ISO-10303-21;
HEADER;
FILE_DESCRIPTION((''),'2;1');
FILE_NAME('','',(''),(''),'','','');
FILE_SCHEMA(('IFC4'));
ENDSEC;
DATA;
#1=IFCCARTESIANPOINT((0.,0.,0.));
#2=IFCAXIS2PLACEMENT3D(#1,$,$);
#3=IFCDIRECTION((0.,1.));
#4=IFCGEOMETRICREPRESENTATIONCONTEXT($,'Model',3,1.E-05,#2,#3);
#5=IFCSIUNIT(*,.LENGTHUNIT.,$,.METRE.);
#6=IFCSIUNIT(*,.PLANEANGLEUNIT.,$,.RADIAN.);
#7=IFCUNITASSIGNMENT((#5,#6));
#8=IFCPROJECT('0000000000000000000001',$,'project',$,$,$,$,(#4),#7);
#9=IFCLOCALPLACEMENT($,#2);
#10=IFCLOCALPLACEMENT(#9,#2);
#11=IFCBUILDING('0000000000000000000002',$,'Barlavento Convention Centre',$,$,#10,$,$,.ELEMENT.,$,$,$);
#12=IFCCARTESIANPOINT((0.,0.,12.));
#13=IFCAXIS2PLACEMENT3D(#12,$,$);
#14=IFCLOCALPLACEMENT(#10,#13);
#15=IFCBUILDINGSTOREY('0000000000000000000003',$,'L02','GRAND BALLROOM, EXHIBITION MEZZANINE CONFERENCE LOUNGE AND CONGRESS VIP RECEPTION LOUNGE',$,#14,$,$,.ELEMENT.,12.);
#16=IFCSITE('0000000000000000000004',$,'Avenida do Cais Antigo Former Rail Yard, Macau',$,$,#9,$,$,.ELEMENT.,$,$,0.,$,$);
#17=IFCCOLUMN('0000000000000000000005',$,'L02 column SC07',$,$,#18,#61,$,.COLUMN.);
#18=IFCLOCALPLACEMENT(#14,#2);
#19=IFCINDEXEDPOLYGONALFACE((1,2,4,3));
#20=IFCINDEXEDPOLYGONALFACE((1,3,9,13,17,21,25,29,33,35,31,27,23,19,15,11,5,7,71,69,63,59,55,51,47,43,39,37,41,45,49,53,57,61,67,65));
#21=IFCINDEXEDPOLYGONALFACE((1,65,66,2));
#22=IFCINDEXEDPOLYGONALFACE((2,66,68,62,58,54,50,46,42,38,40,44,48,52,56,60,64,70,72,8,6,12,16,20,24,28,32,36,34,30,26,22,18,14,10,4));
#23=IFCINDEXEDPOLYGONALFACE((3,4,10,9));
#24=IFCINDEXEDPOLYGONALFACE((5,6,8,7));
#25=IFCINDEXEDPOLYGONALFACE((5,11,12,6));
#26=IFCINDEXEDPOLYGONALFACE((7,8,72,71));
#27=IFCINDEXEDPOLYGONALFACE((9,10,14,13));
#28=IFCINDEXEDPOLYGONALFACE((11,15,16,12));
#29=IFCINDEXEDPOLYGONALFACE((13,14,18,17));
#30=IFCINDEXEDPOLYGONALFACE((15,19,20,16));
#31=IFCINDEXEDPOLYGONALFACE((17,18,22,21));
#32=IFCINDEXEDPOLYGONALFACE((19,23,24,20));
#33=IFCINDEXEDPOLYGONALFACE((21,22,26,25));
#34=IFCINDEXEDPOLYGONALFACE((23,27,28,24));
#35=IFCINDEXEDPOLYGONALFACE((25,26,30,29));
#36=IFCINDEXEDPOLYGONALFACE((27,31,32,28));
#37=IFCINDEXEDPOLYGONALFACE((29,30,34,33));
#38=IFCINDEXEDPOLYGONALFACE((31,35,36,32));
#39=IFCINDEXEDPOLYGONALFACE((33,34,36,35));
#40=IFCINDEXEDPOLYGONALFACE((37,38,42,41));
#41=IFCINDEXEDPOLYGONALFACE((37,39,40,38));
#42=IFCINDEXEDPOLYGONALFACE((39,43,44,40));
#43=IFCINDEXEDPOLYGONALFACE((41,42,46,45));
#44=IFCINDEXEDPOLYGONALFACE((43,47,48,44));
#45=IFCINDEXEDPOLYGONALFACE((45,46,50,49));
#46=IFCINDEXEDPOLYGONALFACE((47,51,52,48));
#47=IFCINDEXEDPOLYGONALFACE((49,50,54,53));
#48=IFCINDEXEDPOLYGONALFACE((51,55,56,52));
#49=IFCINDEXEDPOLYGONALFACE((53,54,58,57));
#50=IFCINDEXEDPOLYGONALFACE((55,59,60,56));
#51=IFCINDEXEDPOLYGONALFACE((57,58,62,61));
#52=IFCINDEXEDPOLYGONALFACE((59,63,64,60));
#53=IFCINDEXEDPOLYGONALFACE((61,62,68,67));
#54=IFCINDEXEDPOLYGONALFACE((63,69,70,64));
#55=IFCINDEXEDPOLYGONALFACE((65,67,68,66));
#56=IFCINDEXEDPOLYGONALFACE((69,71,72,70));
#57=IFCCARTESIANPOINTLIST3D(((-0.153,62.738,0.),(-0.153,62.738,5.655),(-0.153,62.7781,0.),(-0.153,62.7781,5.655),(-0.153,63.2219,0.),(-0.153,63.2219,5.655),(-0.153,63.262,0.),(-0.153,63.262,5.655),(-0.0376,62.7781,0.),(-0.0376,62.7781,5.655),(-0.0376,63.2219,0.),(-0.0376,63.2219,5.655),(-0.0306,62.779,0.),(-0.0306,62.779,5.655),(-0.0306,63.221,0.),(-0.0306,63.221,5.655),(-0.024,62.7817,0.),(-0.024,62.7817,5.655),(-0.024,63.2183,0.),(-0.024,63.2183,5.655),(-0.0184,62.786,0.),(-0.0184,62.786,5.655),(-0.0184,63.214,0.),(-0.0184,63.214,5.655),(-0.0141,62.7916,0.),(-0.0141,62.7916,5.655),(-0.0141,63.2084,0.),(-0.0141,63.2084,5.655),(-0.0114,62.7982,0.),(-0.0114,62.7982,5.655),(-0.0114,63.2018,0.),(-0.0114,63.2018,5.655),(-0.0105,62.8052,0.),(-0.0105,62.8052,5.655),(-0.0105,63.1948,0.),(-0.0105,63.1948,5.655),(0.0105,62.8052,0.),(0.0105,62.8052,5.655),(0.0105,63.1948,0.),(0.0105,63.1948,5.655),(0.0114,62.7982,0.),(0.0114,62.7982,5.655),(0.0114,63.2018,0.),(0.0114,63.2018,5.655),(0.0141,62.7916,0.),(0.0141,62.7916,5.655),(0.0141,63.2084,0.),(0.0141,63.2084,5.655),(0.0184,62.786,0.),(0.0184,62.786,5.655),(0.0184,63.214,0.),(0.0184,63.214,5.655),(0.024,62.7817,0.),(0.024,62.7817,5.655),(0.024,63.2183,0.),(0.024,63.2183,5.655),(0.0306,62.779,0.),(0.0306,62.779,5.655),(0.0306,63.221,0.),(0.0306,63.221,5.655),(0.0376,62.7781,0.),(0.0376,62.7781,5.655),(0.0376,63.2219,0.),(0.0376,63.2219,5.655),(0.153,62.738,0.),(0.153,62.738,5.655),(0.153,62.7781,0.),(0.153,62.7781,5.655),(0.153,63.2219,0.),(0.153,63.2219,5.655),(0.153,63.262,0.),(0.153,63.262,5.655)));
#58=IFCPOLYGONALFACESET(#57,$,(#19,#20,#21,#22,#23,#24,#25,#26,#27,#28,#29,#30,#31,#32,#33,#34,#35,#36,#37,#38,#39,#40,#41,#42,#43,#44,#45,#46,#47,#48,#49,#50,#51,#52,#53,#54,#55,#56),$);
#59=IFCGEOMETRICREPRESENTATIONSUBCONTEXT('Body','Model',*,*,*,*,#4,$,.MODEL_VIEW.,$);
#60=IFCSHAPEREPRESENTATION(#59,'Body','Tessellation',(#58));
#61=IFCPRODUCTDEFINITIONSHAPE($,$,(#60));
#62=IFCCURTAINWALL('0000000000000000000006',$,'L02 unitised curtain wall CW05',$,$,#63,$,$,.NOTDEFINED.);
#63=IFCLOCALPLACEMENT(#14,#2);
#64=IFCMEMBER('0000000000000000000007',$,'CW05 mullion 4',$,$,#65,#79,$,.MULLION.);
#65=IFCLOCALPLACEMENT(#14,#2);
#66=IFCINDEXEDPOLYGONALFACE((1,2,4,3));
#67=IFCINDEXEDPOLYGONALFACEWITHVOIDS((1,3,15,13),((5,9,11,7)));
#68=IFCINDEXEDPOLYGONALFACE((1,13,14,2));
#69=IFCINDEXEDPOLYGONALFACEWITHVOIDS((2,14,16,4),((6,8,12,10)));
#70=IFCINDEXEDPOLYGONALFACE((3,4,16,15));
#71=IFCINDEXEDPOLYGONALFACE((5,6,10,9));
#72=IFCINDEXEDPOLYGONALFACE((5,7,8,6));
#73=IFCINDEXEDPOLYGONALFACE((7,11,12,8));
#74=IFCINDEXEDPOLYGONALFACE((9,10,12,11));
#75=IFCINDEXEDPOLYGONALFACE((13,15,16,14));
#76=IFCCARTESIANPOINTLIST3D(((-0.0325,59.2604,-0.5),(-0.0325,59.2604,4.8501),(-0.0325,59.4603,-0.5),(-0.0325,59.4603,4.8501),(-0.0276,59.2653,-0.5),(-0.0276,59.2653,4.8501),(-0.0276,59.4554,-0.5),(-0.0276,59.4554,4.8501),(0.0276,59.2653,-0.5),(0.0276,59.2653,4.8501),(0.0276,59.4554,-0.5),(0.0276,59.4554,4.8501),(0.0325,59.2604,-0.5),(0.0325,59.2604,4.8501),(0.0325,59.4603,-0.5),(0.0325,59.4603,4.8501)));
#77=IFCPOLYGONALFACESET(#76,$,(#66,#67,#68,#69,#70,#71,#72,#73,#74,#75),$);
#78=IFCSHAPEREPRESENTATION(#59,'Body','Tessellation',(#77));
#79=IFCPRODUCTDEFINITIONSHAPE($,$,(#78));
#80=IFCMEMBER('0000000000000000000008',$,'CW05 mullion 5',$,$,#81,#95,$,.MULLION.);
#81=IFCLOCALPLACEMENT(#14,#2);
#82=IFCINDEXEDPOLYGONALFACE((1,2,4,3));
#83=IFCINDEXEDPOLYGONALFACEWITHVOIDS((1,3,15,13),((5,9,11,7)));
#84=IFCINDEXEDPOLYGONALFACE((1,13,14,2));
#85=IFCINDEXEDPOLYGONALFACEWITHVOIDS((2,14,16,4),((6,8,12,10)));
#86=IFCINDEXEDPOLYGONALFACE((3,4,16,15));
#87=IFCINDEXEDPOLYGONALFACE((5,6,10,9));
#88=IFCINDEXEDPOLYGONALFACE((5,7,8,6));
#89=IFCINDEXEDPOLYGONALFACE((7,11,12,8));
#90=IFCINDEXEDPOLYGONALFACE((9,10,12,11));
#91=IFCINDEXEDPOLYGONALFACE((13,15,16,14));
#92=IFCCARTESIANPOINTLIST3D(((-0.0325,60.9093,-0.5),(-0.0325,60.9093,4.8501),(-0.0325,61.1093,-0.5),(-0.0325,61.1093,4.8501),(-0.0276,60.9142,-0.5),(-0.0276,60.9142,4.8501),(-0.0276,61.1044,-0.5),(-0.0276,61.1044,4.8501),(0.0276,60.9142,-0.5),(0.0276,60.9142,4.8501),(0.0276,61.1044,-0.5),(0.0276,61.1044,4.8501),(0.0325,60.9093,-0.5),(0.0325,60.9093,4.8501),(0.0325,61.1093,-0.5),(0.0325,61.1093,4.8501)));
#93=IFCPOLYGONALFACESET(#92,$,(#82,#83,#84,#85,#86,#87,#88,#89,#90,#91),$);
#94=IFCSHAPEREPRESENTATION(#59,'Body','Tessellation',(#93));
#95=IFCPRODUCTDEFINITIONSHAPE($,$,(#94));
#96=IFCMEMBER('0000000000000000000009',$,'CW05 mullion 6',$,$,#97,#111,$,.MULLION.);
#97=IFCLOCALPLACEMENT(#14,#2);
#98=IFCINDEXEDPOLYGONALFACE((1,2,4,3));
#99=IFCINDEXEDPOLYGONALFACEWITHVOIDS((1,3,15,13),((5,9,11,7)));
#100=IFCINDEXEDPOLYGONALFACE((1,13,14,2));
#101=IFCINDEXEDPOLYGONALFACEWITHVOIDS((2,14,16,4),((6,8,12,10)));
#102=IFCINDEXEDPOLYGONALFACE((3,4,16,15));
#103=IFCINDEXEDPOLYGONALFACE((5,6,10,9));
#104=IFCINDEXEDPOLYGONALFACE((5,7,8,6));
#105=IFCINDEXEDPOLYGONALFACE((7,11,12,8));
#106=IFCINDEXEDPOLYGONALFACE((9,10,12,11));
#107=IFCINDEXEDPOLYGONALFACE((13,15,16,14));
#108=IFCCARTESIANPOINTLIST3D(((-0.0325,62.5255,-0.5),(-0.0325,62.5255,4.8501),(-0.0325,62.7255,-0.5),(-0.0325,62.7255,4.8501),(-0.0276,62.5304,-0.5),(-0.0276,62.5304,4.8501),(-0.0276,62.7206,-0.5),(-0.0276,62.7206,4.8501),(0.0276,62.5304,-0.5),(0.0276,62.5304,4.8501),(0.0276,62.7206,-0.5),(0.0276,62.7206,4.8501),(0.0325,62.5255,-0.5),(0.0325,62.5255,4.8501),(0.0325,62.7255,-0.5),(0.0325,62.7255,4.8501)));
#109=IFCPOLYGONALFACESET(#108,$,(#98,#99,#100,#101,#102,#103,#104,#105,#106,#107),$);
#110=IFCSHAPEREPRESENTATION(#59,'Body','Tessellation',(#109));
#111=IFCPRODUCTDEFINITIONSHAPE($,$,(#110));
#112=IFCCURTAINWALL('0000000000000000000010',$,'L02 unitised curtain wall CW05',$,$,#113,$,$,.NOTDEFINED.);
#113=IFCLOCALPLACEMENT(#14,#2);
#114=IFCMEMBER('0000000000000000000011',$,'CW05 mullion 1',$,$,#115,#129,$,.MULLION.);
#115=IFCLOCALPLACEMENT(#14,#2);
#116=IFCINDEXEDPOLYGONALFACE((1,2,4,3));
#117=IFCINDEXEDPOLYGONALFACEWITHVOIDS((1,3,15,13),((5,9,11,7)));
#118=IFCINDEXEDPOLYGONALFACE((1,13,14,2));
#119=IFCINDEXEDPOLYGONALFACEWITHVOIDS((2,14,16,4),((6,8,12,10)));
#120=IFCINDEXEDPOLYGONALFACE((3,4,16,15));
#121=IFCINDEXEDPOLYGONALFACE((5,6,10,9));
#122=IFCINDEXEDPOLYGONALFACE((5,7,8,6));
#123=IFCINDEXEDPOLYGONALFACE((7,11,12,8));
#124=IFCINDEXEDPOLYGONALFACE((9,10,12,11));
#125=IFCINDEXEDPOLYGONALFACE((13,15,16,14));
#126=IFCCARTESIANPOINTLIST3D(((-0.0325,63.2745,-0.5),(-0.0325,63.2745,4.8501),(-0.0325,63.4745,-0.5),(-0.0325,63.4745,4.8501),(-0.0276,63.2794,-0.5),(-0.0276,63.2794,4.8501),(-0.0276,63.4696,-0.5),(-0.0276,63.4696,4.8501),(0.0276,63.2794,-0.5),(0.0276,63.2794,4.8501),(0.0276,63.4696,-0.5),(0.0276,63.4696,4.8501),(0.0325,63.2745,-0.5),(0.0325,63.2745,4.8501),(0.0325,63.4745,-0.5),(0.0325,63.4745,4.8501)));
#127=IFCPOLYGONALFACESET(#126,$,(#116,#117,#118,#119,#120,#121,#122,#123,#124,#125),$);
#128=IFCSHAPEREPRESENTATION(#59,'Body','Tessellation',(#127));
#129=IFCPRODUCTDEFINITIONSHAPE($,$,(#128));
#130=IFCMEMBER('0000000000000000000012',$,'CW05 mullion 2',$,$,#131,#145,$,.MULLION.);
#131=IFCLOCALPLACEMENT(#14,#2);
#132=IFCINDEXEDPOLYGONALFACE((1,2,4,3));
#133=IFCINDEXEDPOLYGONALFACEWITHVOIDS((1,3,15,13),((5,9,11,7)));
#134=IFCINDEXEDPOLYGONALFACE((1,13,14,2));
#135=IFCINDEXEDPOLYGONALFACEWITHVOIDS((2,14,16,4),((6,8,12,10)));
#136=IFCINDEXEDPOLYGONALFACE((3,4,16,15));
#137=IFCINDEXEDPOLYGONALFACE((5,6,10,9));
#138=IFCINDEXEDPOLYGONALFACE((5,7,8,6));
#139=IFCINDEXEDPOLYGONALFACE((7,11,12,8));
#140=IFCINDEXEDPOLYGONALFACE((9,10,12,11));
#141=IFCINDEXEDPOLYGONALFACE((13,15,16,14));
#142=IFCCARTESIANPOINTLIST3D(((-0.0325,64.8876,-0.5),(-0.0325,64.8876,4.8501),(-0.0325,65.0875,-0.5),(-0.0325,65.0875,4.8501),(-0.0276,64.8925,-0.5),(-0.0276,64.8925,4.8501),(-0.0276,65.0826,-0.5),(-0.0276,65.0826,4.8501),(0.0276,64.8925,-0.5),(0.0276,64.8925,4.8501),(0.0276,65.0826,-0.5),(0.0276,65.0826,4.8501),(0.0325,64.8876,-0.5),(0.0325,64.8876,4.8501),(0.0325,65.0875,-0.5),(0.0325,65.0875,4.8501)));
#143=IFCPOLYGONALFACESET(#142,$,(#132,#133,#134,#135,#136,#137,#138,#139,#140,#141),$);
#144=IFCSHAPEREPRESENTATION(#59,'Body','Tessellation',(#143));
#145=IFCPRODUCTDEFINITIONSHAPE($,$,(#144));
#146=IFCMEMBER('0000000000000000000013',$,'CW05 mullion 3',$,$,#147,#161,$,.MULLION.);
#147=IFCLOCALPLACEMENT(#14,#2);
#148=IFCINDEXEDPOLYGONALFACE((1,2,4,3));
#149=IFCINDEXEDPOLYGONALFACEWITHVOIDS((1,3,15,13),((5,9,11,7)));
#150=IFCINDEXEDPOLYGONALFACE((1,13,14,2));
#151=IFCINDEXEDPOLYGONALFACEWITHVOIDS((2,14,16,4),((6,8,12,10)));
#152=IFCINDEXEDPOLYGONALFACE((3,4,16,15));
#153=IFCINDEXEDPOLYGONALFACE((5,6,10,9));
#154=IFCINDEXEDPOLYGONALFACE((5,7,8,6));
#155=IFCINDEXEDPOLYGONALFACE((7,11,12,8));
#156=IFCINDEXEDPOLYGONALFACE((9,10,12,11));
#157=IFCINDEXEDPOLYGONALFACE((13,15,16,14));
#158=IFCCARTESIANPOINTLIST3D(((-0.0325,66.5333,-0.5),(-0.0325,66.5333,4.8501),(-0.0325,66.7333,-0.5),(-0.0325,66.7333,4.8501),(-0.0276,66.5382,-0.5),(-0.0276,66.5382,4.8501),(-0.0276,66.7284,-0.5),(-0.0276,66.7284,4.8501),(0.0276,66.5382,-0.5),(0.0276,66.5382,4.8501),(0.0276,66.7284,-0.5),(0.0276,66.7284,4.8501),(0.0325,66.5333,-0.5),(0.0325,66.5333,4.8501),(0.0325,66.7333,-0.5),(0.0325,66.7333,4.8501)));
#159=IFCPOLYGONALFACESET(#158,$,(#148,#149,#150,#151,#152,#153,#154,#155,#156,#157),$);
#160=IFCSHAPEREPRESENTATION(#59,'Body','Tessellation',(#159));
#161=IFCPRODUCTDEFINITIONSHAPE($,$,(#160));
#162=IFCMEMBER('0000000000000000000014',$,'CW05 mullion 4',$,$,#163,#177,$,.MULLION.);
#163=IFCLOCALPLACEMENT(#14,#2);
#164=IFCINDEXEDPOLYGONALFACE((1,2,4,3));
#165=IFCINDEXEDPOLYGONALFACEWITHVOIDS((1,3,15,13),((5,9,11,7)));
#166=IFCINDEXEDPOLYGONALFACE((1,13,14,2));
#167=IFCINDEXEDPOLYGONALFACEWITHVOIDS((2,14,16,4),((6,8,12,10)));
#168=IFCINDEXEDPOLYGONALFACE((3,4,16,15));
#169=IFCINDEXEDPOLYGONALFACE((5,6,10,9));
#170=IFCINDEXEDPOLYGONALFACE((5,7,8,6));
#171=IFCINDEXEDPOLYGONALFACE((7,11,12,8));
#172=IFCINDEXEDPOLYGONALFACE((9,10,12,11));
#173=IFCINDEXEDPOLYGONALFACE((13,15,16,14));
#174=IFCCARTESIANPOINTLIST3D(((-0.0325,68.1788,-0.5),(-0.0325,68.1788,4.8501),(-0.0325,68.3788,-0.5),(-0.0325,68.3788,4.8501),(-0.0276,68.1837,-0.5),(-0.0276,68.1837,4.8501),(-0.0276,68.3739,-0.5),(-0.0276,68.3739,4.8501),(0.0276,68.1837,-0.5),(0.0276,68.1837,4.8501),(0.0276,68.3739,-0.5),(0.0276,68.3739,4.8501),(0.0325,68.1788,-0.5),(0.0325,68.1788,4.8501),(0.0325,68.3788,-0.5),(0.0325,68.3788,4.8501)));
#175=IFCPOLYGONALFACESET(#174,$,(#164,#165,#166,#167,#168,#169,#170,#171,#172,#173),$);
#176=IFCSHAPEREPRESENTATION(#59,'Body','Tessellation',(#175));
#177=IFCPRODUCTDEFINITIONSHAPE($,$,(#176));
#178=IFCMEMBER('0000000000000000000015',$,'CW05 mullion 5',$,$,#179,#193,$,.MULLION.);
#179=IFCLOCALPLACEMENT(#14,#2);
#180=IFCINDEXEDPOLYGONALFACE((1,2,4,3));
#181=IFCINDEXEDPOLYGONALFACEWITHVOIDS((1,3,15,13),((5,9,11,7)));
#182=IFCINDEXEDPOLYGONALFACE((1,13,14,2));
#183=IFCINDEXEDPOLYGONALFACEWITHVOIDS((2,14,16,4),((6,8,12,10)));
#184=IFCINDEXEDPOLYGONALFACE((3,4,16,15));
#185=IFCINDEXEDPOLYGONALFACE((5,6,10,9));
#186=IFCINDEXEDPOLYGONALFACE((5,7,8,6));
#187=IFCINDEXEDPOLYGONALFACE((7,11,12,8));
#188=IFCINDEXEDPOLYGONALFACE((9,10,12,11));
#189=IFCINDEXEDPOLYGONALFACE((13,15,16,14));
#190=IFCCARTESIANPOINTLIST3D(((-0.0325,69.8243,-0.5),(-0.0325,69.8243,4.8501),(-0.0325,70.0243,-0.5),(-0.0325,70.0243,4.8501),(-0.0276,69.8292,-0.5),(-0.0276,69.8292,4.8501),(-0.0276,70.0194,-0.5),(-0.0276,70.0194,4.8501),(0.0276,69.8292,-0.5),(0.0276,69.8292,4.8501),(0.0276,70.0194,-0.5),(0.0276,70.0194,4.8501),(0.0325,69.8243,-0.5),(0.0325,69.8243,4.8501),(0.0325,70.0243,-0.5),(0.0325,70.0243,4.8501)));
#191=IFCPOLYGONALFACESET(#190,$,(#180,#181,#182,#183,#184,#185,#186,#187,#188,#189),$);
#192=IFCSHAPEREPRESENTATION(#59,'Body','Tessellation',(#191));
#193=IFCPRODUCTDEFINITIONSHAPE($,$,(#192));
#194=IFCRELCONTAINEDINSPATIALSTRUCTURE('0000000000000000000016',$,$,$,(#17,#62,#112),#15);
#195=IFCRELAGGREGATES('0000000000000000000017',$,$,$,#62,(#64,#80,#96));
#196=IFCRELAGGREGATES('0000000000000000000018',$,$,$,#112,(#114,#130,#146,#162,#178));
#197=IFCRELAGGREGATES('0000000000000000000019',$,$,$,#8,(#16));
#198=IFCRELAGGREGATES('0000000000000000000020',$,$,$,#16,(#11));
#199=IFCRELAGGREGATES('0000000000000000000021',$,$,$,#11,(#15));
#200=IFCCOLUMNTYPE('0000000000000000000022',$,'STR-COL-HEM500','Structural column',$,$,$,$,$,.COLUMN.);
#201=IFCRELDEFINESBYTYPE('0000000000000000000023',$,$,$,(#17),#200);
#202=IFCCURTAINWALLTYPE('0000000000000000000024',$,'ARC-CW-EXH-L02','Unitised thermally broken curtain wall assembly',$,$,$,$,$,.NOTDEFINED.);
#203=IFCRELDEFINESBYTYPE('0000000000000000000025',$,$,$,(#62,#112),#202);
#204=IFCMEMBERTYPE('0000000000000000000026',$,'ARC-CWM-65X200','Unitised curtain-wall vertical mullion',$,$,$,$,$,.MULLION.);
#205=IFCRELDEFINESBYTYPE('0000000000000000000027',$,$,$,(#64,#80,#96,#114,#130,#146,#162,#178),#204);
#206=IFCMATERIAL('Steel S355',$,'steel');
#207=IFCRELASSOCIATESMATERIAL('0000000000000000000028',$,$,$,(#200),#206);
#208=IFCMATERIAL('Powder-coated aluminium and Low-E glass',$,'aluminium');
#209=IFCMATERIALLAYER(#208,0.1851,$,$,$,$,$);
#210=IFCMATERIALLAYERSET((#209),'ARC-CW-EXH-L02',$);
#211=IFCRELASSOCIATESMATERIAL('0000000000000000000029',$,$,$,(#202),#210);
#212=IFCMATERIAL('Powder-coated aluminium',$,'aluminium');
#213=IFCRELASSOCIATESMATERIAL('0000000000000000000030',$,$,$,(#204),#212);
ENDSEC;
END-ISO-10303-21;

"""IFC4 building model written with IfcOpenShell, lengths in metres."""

from ifc_helpers import new_model, si_unit, direction, frame, origin, origin_2d, place, context, subcontext, project, spatial, hollow_rectangle, i_section, extrude, material, layer, layer_set, material_profile, profile_set, type_object, element, aggregate, save


model = new_model("IFC4")

# Units and contexts
model_context = context("Model", 3, precision=1e-05, world=origin(), true_north=direction((0.0, 1.0)))
body_context = subcontext(model_context, "Body", "Model", "MODEL_VIEW")
ifc_project = project(units=[si_unit("LENGTHUNIT", "METRE"), si_unit("PLANEANGLEUNIT", "RADIAN")], contexts=[model_context])

# Site, building, storey
site_placement = place(None, origin())
site = spatial("IfcSite", under=ifc_project, at=site_placement, Name="Avenida do Cais Antigo Former Rail Yard, Macau", CompositionType="ELEMENT", RefElevation=0.0)
building_placement = place(site_placement, origin())
building = spatial("IfcBuilding", under=site, at=building_placement, Name="Barlavento Convention Centre", CompositionType="ELEMENT")
storey_placement = place(building_placement, frame((0.0, 0.0, 12.0)))
storey = spatial("IfcBuildingStorey", under=building, at=storey_placement, Name="L02", Description="GRAND BALLROOM, EXHIBITION MEZZANINE CONFERENCE LOUNGE AND CONGRESS VIP RECEPTION LOUNGE", CompositionType="ELEMENT", Elevation=12.0)

# Column
ifc_material_1 = material(Name="Steel S355", Category="steel")
ifc_material_profile_1 = material_profile(ifc_material_1, i_section(OverallWidth=0.3059, OverallDepth=0.5239, WebThickness=0.021, FlangeThickness=0.04, FilletRadius=0.0271, at=origin_2d()), Name="HEM 500")
ifc_profile_set_1 = profile_set([ifc_material_profile_1], Name="Steel S355")
column_type = type_object("IfcColumnType", Name="STR-COL-HEM500", Description="Structural column", PredefinedType="COLUMN", material=ifc_profile_set_1)
column_placement = place(storey_placement, frame((0.0, 63.0, 0.0), z_axis=(0.0, 0.0, 1.0), x_axis=(1.0, 0.0, 0.0)))
element("IfcColumn", 1, at=column_placement, inside=storey, type_object=column_type, Name="L02 column SC07", PredefinedType="COLUMN", context=body_context, shape_type="SweptSolid", body=[
    extrude(i_section(OverallWidth=0.3059, OverallDepth=0.5239, WebThickness=0.021, FlangeThickness=0.04, FilletRadius=0.0271, at=origin_2d()), origin(), (0.0, 0.0, 1.0), 5.655),
])

# Curtain walls, members
ifc_material_2 = material(Name="Powder-coated aluminium and Low-E glass", Category="aluminium")
ifc_layer_1 = layer(ifc_material_2, 0.1851)
ifc_layer_set_1 = layer_set([ifc_layer_1], Name="ARC-CW-EXH-L02")
curtain_wall_type = type_object("IfcCurtainWallType", Name="ARC-CW-EXH-L02", Description="Unitised thermally broken curtain wall assembly", PredefinedType="NOTDEFINED", material=ifc_layer_set_1)
curtain_wall_1_placement = place(storey_placement, origin())
curtain_wall_1 = element("IfcCurtainWall", 2, at=curtain_wall_1_placement, inside=storey, type_object=curtain_wall_type, Name="L02 unitised curtain wall CW05", PredefinedType="NOTDEFINED")
ifc_material_3 = material(Name="Powder-coated aluminium", Category="aluminium")
ifc_material_profile_2 = material_profile(ifc_material_3, hollow_rectangle(XDim=0.0649, YDim=0.2, WallThickness=0.0049, at=origin_2d()), Name="AL-MULL 65x200x5")
ifc_profile_set_2 = profile_set([ifc_material_profile_2], Name="Powder-coated aluminium")
member_type_1 = type_object("IfcMemberType", Name="ARC-CWM-65X200", Description="Unitised curtain-wall vertical mullion", PredefinedType="MULLION", material=ifc_profile_set_2)
member_1_placement = place(storey_placement, frame((0.0, 59.3604, -0.5), z_axis=(0.0, 0.0, 1.0), x_axis=(-1.0, 0.0, 0.0)))
member_1 = element("IfcMember", 3, at=member_1_placement, type_object=member_type_1, Name="CW05 mullion 4", PredefinedType="MULLION", context=body_context, shape_type="SweptSolid", body=[
    extrude(hollow_rectangle(XDim=0.0649, YDim=0.2, WallThickness=0.0049, at=origin_2d()), origin(), (0.0, 0.0, 1.0), 5.3501),
])
member_2_placement = place(storey_placement, frame((0.0, 61.0093, -0.5), z_axis=(0.0, 0.0, 1.0), x_axis=(-1.0, 0.0, 0.0)))
member_2 = element("IfcMember", 4, at=member_2_placement, type_object=member_type_1, Name="CW05 mullion 5", PredefinedType="MULLION", context=body_context, shape_type="SweptSolid", body=[
    extrude(hollow_rectangle(XDim=0.0649, YDim=0.2, WallThickness=0.0049, at=origin_2d()), origin(), (0.0, 0.0, 1.0), 5.3501),
])
member_3_placement = place(storey_placement, frame((0.0, 62.6255, -0.5), z_axis=(0.0, 0.0, 1.0), x_axis=(-1.0, 0.0, 0.0)))
member_3 = element("IfcMember", 5, at=member_3_placement, type_object=member_type_1, Name="CW05 mullion 6", PredefinedType="MULLION", context=body_context, shape_type="SweptSolid", body=[
    extrude(hollow_rectangle(XDim=0.0649, YDim=0.2, WallThickness=0.0049, at=origin_2d()), origin(), (0.0, 0.0, 1.0), 5.3501),
])
curtain_wall_2_placement = place(storey_placement, origin())
curtain_wall_2 = element("IfcCurtainWall", 6, at=curtain_wall_2_placement, inside=storey, type_object=curtain_wall_type, Name="L02 unitised curtain wall CW05", PredefinedType="NOTDEFINED")
member_4_placement = place(storey_placement, frame((0.0, 63.3745, -0.5), z_axis=(0.0, 0.0, 1.0), x_axis=(-1.0, 0.0, 0.0)))
member_4 = element("IfcMember", 7, at=member_4_placement, type_object=member_type_1, Name="CW05 mullion 1", PredefinedType="MULLION", context=body_context, shape_type="SweptSolid", body=[
    extrude(hollow_rectangle(XDim=0.0649, YDim=0.2, WallThickness=0.0049, at=origin_2d()), origin(), (0.0, 0.0, 1.0), 5.3501),
])
member_5_placement = place(storey_placement, frame((0.0, 64.9875, -0.5), z_axis=(0.0, 0.0, 1.0), x_axis=(-1.0, 0.0, 0.0)))
member_5 = element("IfcMember", 8, at=member_5_placement, type_object=member_type_1, Name="CW05 mullion 2", PredefinedType="MULLION", context=body_context, shape_type="SweptSolid", body=[
    extrude(hollow_rectangle(XDim=0.0649, YDim=0.2, WallThickness=0.0049, at=origin_2d()), origin(), (0.0, 0.0, 1.0), 5.3501),
])
member_6_placement = place(storey_placement, frame((0.0, 66.6333, -0.5), z_axis=(0.0, 0.0, 1.0), x_axis=(-1.0, 0.0, 0.0)))
member_6 = element("IfcMember", 9, at=member_6_placement, type_object=member_type_1, Name="CW05 mullion 3", PredefinedType="MULLION", context=body_context, shape_type="SweptSolid", body=[
    extrude(hollow_rectangle(XDim=0.0649, YDim=0.2, WallThickness=0.0049, at=origin_2d()), origin(), (0.0, 0.0, 1.0), 5.3501),
])
member_7_placement = place(storey_placement, frame((0.0, 68.2788, -0.5), z_axis=(0.0, 0.0, 1.0), x_axis=(-1.0, 0.0, 0.0)))
member_7 = element("IfcMember", 10, at=member_7_placement, type_object=member_type_1, Name="CW05 mullion 4", PredefinedType="MULLION", context=body_context, shape_type="SweptSolid", body=[
    extrude(hollow_rectangle(XDim=0.0649, YDim=0.2, WallThickness=0.0049, at=origin_2d()), origin(), (0.0, 0.0, 1.0), 5.3501),
])
member_8_placement = place(storey_placement, frame((0.0, 69.9243, -0.5), z_axis=(0.0, 0.0, 1.0), x_axis=(-1.0, 0.0, 0.0)))
member_8 = element("IfcMember", 11, at=member_8_placement, type_object=member_type_1, Name="CW05 mullion 5", PredefinedType="MULLION", context=body_context, shape_type="SweptSolid", body=[
    extrude(hollow_rectangle(XDim=0.0649, YDim=0.2, WallThickness=0.0049, at=origin_2d()), origin(), (0.0, 0.0, 1.0), 5.3501),
])

aggregate(curtain_wall_1, [member_1, member_2, member_3])
aggregate(curtain_wall_2, [member_4, member_5, member_6, member_7, member_8])

save(model, "model.ifc")
